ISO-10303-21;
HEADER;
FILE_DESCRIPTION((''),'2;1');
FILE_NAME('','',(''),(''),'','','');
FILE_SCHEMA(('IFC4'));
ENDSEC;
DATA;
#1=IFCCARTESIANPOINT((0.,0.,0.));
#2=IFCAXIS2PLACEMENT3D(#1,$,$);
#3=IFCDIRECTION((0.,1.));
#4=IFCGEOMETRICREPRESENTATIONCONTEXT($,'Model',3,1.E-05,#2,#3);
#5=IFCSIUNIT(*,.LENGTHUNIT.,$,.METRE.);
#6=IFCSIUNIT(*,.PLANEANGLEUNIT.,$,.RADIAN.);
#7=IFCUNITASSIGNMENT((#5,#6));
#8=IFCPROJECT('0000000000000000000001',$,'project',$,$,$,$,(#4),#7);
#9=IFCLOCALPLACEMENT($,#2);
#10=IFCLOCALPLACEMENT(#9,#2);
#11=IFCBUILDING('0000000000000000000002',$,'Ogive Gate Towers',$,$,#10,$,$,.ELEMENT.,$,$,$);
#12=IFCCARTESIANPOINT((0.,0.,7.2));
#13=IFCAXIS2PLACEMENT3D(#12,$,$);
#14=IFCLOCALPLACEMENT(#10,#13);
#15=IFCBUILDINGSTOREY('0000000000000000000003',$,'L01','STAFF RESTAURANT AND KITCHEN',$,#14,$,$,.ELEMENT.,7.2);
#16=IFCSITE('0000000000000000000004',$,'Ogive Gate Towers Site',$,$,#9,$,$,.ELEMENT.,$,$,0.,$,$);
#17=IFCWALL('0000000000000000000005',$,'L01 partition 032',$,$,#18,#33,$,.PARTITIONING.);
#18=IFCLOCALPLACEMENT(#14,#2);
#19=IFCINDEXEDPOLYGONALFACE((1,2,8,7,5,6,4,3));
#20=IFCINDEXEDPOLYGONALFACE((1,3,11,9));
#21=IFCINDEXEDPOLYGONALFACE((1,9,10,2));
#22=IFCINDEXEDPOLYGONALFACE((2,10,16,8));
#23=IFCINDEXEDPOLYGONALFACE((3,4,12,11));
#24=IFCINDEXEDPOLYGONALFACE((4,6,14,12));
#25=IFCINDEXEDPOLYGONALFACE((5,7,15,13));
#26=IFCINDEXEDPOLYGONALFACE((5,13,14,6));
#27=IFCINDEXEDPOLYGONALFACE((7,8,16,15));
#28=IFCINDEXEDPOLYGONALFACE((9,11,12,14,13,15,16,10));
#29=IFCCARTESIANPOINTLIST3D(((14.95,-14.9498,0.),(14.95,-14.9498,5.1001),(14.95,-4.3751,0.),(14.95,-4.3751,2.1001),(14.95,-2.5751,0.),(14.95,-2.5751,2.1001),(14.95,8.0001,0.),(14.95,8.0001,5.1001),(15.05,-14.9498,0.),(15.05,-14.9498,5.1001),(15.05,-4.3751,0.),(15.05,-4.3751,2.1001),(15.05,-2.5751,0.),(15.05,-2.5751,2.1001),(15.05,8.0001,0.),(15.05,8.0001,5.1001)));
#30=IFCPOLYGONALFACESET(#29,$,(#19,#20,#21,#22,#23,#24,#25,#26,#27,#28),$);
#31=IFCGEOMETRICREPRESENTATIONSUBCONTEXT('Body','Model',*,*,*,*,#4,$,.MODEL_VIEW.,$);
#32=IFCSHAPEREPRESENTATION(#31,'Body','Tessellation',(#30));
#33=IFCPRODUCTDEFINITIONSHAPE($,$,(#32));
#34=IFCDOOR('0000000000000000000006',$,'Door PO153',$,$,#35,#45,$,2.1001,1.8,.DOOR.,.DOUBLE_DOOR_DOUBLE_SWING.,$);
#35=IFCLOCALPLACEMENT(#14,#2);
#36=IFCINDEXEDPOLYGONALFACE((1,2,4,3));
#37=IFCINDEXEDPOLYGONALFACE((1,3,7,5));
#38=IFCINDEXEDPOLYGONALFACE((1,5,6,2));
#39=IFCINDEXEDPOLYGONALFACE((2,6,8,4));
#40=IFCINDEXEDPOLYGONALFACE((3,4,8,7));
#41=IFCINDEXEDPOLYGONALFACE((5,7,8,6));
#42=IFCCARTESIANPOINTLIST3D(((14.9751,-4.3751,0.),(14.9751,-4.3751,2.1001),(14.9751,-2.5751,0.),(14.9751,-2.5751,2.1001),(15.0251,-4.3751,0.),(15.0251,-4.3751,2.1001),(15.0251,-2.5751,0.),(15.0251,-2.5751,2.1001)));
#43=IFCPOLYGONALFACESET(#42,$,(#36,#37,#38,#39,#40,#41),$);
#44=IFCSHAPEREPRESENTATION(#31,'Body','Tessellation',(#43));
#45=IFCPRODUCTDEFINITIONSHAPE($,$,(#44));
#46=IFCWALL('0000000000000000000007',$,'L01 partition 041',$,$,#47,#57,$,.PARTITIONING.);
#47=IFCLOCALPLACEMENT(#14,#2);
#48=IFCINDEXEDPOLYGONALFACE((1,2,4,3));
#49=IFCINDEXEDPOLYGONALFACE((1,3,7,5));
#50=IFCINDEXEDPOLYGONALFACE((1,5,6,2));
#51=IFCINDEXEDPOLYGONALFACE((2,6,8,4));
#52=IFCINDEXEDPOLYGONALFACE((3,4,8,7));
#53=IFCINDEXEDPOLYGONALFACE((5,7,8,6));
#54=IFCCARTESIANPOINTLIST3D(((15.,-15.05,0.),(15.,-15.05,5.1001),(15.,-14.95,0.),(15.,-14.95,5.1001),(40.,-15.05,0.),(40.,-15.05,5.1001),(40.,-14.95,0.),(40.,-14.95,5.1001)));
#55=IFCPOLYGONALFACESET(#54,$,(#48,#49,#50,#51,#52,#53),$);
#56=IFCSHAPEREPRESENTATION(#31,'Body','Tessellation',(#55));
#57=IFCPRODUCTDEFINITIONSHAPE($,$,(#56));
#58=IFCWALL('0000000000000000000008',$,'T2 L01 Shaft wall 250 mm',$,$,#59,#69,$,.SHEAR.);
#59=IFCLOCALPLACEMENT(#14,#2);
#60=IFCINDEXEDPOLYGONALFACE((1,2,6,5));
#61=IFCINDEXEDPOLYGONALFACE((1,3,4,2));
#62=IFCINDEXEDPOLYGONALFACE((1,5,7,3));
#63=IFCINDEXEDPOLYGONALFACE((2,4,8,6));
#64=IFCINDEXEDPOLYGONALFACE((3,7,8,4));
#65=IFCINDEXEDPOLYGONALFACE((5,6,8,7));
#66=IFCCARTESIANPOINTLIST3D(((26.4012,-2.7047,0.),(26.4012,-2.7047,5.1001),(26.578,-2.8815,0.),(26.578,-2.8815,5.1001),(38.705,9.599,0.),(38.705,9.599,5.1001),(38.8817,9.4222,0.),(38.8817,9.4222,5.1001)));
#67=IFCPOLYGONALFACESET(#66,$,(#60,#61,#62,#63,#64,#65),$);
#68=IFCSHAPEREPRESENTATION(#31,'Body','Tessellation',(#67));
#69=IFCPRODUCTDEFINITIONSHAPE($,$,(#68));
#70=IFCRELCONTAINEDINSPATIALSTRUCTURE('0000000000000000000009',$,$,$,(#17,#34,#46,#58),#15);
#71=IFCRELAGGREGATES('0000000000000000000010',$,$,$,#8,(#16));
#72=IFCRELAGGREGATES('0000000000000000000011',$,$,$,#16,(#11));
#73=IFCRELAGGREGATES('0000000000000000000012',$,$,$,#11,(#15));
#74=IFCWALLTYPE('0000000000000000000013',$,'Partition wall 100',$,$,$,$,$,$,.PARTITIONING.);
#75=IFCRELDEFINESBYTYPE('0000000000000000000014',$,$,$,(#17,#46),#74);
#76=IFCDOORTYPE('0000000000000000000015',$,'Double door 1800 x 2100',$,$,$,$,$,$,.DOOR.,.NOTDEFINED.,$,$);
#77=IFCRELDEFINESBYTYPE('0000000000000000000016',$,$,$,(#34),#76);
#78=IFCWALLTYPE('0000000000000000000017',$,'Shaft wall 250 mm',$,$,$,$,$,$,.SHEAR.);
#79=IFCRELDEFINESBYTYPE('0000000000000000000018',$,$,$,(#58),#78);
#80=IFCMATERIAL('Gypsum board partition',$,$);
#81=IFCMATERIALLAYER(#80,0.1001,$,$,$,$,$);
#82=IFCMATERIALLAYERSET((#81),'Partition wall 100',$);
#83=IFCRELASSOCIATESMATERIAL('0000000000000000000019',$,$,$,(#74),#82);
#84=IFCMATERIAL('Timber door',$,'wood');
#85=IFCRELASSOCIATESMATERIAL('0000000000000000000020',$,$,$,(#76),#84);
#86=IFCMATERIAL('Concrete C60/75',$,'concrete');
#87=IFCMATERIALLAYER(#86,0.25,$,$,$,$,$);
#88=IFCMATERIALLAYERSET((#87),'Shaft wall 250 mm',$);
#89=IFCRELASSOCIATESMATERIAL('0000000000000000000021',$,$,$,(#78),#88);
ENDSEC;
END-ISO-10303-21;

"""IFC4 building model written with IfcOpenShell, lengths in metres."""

from ifc_helpers import new_model, si_unit, direction, frame, frame_2d, origin, place, context, subcontext, project, spatial, rectangle, extrude, material, layer, layer_set, type_object, element, fill, save


model = new_model("IFC4")

# Units and contexts
model_context = context("Model", 3, precision=1e-05, world=origin(), true_north=direction((0.0, 1.0)))
body_context = subcontext(model_context, "Body", "Model", "MODEL_VIEW")
ifc_project = project(units=[si_unit("LENGTHUNIT", "METRE"), si_unit("PLANEANGLEUNIT", "RADIAN")], contexts=[model_context])

# Site, building, storey
site_placement = place(None, origin())
site = spatial("IfcSite", under=ifc_project, at=site_placement, Name="Ogive Gate Towers Site", CompositionType="ELEMENT", RefElevation=0.0)
building_placement = place(site_placement, origin())
building = spatial("IfcBuilding", under=site, at=building_placement, Name="Ogive Gate Towers", CompositionType="ELEMENT")
storey_placement = place(building_placement, frame((0.0, 0.0, 7.2)))
storey = spatial("IfcBuildingStorey", under=building, at=storey_placement, Name="L01", Description="STAFF RESTAURANT AND KITCHEN", CompositionType="ELEMENT", Elevation=7.2)

# Wall, opening, door
ifc_material_1 = material(Name="Gypsum board partition")
ifc_layer_1 = layer(ifc_material_1, 0.1001)
ifc_layer_set_1 = layer_set([ifc_layer_1], Name="Partition wall 100")
wall_type_1 = type_object("IfcWallType", Name="Partition wall 100", PredefinedType="PARTITIONING", material=ifc_layer_set_1)
wall_1_placement = place(storey_placement, frame((15.0, -14.95, 0.0), z_axis=(0.0, 0.0, 1.0), x_axis=(0.0, 1.0, 0.0)))
wall_1 = element("IfcWall", 1, at=wall_1_placement, inside=storey, type_object=wall_type_1, Name="L01 partition 032", PredefinedType="PARTITIONING", context=body_context, shape_type="SweptSolid", body=[
    extrude(rectangle(XDim=22.95, YDim=0.1001, at=frame_2d((11.4751, 0.0))), origin(), (0.0, 0.0, 1.0), 5.1001),
])
opening_placement = place(wall_1_placement, frame((10.575, 0.0, 0.0)))
opening = element("IfcOpeningElement", 2, at=opening_placement, cuts=wall_1, PredefinedType="OPENING", context=body_context, shape_type="SweptSolid", body=[
    extrude(rectangle(XDim=1.8, YDim=2.1001, at=frame_2d((0.8999, 1.05))), frame((0.0, 0.0601, 0.0), z_axis=(0.0, -1.0, 0.0), x_axis=(1.0, 0.0, 0.0)), (0.0, 0.0, 1.0), 0.1201),
])
ifc_material_2 = material(Name="Timber door", Category="wood")
door_type = type_object("IfcDoorType", Name="Double door 1800 x 2100", OperationType="NOTDEFINED", PredefinedType="DOOR", material=ifc_material_2)
door_placement = place(opening_placement, origin())
door = element("IfcDoor", 3, at=door_placement, inside=storey, type_object=door_type, Name="Door PO153", OperationType="DOUBLE_DOOR_DOUBLE_SWING", OverallHeight=2.1001, OverallWidth=1.8, PredefinedType="DOOR", context=body_context, shape_type="SweptSolid", body=[
    extrude(rectangle(XDim=1.8, YDim=2.1001, at=frame_2d((0.8999, 1.05))), frame((0.0, 0.0249, 0.0), z_axis=(0.0, -1.0, 0.0), x_axis=(1.0, 0.0, 0.0)), (0.0, 0.0, 1.0), 0.05),
])
fill(opening, door)

# Walls
wall_2_placement = place(storey_placement, frame((15.0, -15.0, 0.0), z_axis=(0.0, 0.0, 1.0), x_axis=(1.0, 0.0, 0.0)))
element("IfcWall", 4, at=wall_2_placement, inside=storey, type_object=wall_type_1, Name="L01 partition 041", PredefinedType="PARTITIONING", context=body_context, shape_type="SweptSolid", body=[
    extrude(rectangle(XDim=25.0, YDim=0.1001, at=frame_2d((12.5, 0.0))), origin(), (0.0, 0.0, 1.0), 5.1001),
])
ifc_material_3 = material(Name="Concrete C60/75", Category="concrete")
ifc_layer_2 = layer(ifc_material_3, 0.25)
ifc_layer_set_2 = layer_set([ifc_layer_2], Name="Shaft wall 250 mm")
wall_type_2 = type_object("IfcWallType", Name="Shaft wall 250 mm", PredefinedType="SHEAR", material=ifc_layer_set_2)
wall_3_placement = place(storey_placement, frame((26.4895, -2.7932, 0.0), z_axis=(0.0, 0.0, 1.0), x_axis=(0.707107, 0.707107, 0.0)))
element("IfcWall", 5, at=wall_3_placement, inside=storey, type_object=wall_type_2, Name="T2 L01 Shaft wall 250 mm", PredefinedType="SHEAR", context=body_context, shape_type="SweptSolid", body=[
    extrude(rectangle(XDim=17.4001, YDim=0.25, at=frame_2d((8.7002, 0.0))), origin(), (0.0, 0.0, 1.0), 5.1001),
])

save(model, "model.ifc")
